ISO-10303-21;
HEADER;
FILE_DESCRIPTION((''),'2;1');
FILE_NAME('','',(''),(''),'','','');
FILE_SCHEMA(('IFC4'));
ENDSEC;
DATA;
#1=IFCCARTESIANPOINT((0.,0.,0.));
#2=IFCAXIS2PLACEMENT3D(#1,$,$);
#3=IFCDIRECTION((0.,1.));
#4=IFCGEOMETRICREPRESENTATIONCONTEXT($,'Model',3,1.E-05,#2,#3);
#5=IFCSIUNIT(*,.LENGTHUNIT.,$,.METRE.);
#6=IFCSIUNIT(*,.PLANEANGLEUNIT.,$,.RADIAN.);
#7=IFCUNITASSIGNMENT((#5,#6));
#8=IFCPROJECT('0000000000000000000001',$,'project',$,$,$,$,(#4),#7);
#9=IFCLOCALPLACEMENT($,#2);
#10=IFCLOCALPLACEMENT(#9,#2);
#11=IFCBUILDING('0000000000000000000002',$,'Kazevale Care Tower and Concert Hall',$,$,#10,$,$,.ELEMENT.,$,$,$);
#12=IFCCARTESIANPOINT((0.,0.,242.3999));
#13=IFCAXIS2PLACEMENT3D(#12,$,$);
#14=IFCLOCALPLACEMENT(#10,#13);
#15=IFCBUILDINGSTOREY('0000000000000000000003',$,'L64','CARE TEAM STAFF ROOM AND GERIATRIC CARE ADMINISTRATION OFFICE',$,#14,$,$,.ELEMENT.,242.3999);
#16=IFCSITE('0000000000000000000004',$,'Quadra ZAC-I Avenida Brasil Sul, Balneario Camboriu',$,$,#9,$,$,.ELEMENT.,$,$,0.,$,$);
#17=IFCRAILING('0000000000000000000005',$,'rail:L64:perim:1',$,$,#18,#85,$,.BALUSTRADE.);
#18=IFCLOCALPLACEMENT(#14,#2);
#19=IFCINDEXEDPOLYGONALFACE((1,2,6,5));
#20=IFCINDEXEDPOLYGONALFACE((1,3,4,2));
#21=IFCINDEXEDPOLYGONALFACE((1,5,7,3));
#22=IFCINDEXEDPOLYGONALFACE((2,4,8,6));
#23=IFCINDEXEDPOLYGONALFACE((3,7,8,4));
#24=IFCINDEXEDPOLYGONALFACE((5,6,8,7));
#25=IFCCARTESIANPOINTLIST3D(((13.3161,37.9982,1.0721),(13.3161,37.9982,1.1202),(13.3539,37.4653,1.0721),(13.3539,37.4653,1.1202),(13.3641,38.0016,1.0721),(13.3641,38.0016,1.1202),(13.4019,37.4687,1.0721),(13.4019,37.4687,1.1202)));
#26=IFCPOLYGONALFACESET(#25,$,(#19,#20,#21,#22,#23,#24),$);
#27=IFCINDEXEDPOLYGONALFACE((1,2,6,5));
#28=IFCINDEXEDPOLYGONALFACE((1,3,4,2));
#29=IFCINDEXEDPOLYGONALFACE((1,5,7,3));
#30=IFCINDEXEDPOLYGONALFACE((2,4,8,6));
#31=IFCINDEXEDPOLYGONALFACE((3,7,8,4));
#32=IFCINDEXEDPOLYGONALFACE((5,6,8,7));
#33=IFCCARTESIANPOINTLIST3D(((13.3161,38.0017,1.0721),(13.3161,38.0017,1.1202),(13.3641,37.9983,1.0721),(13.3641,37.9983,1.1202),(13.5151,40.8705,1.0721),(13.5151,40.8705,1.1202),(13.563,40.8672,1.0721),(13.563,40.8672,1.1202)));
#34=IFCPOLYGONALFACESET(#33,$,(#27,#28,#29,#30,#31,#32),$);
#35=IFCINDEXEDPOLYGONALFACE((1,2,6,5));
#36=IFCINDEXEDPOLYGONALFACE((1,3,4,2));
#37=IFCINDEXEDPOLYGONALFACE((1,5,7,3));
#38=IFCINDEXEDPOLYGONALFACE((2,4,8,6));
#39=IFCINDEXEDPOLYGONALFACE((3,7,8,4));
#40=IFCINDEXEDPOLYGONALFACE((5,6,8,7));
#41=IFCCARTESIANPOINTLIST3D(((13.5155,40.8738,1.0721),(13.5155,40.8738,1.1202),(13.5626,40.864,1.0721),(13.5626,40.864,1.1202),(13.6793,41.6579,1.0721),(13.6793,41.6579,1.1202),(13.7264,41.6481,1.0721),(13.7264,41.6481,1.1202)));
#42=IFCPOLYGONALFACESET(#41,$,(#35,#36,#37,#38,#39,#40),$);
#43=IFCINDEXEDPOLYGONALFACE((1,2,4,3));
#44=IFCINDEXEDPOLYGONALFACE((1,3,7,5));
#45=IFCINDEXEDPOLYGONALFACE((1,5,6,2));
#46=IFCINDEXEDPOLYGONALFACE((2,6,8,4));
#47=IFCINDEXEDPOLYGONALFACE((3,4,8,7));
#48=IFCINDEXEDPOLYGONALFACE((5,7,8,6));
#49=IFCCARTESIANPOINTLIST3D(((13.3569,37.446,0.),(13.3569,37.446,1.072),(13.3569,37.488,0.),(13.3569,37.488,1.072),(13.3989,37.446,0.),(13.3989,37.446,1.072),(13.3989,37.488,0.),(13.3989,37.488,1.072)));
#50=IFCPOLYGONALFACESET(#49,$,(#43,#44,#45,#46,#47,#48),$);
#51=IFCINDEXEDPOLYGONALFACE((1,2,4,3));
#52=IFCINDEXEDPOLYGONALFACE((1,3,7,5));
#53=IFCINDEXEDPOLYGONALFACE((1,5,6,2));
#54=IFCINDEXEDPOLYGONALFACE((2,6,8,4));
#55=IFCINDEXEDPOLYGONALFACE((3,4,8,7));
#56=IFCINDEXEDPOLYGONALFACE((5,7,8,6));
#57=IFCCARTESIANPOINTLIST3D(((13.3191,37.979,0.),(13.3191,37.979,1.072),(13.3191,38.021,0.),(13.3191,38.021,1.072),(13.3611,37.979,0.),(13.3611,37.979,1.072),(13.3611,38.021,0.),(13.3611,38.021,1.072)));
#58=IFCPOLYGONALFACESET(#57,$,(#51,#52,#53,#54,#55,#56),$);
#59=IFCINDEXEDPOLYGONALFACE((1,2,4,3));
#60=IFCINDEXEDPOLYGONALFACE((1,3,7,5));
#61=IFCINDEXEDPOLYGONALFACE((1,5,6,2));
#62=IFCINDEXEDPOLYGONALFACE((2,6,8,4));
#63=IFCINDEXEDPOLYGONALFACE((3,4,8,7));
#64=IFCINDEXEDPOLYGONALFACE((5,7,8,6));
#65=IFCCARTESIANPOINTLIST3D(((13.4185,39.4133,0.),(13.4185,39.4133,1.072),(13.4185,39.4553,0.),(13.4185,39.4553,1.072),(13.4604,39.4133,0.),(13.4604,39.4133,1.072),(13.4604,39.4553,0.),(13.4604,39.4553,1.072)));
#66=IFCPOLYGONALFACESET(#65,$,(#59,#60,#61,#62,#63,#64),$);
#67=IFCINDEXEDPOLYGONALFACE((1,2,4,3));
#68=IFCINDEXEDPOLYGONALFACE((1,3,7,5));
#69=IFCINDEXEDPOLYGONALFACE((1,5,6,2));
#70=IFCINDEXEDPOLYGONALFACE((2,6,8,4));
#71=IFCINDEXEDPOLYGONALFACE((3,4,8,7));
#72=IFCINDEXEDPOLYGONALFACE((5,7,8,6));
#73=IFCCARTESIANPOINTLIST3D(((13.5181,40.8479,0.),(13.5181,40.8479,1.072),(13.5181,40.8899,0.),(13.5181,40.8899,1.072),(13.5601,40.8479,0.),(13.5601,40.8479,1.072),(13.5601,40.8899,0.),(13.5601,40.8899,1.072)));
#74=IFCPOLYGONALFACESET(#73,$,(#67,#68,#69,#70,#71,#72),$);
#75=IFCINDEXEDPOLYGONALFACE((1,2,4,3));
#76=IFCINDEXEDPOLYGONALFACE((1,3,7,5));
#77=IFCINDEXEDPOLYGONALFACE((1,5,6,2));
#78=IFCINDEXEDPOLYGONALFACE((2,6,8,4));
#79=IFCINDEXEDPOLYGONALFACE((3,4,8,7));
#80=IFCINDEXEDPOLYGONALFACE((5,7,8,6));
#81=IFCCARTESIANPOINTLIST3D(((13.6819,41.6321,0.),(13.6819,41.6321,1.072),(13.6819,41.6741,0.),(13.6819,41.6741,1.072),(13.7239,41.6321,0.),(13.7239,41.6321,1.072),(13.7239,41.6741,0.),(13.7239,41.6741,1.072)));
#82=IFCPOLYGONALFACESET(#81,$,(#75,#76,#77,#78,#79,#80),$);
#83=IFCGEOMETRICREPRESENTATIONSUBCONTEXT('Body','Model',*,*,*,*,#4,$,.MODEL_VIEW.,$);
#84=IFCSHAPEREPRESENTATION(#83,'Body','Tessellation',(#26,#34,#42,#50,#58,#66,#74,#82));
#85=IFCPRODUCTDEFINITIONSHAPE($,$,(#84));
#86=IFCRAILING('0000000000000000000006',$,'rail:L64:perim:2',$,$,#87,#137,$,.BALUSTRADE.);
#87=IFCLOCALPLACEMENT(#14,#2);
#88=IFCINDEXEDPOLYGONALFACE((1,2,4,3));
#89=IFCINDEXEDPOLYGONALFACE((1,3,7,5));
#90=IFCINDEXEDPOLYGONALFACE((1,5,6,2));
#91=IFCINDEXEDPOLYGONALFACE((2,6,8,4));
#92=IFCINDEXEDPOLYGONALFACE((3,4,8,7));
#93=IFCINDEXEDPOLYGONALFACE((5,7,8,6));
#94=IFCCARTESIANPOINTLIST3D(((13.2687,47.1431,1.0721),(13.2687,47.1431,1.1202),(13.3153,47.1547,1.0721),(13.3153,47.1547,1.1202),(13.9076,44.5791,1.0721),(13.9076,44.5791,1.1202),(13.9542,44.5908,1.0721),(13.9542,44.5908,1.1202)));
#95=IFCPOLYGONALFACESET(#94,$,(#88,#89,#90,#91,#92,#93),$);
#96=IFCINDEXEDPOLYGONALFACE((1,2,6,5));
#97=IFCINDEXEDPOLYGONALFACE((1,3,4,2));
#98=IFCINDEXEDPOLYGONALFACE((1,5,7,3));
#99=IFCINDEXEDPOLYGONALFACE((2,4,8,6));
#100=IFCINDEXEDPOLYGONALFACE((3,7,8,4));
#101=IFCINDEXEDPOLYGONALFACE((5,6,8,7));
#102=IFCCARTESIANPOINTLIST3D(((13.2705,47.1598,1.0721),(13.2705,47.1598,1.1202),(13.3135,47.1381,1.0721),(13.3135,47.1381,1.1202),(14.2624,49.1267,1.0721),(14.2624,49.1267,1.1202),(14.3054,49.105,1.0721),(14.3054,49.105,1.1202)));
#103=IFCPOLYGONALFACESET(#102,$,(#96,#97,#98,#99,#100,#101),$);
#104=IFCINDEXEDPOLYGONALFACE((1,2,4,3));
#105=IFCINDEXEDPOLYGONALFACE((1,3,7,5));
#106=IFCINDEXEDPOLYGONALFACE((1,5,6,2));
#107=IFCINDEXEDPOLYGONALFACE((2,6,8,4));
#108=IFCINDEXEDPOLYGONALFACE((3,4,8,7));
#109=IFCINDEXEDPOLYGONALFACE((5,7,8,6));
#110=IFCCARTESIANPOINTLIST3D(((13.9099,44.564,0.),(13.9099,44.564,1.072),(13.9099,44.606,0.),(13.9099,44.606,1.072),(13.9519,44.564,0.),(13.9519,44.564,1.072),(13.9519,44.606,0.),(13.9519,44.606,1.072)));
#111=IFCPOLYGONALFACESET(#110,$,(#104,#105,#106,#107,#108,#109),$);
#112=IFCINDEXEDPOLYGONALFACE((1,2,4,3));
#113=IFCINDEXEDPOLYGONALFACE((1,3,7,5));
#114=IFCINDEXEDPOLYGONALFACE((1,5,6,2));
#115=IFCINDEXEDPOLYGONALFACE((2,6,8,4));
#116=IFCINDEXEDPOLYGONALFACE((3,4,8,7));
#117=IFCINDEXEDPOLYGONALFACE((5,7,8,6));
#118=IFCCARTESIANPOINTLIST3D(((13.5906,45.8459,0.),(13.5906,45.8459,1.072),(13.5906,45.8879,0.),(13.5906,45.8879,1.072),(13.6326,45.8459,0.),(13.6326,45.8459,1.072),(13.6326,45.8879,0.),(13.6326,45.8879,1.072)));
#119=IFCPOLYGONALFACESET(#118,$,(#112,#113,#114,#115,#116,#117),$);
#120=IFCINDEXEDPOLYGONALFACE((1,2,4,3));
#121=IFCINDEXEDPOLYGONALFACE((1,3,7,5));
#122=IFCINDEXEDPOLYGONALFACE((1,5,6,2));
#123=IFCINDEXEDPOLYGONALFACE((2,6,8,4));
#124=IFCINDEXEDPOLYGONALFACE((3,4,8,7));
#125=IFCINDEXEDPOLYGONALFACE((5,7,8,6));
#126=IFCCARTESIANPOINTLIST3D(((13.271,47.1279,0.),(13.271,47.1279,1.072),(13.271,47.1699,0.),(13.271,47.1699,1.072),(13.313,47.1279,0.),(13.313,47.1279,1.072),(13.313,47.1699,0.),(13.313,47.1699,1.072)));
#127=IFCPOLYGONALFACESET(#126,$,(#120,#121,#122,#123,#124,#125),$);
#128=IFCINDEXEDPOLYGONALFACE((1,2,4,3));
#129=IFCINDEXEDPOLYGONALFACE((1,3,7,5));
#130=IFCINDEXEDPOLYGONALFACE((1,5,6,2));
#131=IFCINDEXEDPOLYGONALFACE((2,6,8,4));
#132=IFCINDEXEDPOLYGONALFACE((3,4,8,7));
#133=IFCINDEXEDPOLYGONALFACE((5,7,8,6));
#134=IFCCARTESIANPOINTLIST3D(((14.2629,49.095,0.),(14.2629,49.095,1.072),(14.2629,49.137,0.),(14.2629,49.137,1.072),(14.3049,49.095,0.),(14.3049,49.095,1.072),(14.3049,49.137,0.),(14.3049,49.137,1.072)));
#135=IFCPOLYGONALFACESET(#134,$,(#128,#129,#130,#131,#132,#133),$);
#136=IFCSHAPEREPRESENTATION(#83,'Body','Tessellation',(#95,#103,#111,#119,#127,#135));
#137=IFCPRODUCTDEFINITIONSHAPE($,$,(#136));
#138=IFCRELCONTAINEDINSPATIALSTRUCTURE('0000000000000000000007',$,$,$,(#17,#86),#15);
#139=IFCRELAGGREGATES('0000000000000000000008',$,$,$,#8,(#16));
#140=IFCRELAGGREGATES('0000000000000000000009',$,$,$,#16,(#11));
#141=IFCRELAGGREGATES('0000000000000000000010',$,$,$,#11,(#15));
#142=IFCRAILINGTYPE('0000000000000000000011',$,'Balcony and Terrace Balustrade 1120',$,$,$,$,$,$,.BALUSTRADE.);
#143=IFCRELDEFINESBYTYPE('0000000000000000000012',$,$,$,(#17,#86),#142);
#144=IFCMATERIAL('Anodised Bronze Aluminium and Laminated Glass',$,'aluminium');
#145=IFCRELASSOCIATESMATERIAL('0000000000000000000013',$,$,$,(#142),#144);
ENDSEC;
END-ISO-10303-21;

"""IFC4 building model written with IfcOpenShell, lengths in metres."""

from ifc_helpers import new_model, si_unit, direction, frame, origin, origin_2d, place, context, subcontext, project, spatial, rectangle, extrude, material, type_object, element, save


model = new_model("IFC4")

# Units and contexts
model_context = context("Model", 3, precision=1e-05, world=origin(), true_north=direction((0.0, 1.0)))
body_context = subcontext(model_context, "Body", "Model", "MODEL_VIEW")
ifc_project = project(units=[si_unit("LENGTHUNIT", "METRE"), si_unit("PLANEANGLEUNIT", "RADIAN")], contexts=[model_context])

# Site, building, storey
site_placement = place(None, origin())
site = spatial("IfcSite", under=ifc_project, at=site_placement, Name="Quadra ZAC-I Avenida Brasil Sul, Balneario Camboriu", CompositionType="ELEMENT", RefElevation=0.0)
building_placement = place(site_placement, origin())
building = spatial("IfcBuilding", under=site, at=building_placement, Name="Kazevale Care Tower and Concert Hall", CompositionType="ELEMENT")
storey_placement = place(building_placement, frame((0.0, 0.0, 242.3999)))
storey = spatial("IfcBuildingStorey", under=building, at=storey_placement, Name="L64", Description="CARE TEAM STAFF ROOM AND GERIATRIC CARE ADMINISTRATION OFFICE", CompositionType="ELEMENT", Elevation=242.3999)

# Railings
ifc_material_1 = material(Name="Anodised Bronze Aluminium and Laminated Glass", Category="aluminium")
railing_type = type_object("IfcRailingType", Name="Balcony and Terrace Balustrade 1120", PredefinedType="BALUSTRADE", material=ifc_material_1)
railing_1_placement = place(storey_placement, frame((13.3779, 37.467, 0.0)))
element("IfcRailing", 1, at=railing_1_placement, inside=storey, type_object=railing_type, Name="rail:L64:perim:1", PredefinedType="BALUSTRADE", context=body_context, shape_type="SweptSolid", body=[
    extrude(rectangle(XDim=0.0481, YDim=0.0481, at=origin_2d()), frame((0.0, 0.0, 1.0962), z_axis=(-0.070825, 0.997489, 0.0), x_axis=(-0.997489, -0.070825, 0.0)), (0.0, 0.0, 1.0), 0.5342),
    extrude(rectangle(XDim=0.0481, YDim=0.0481, at=origin_2d()), frame((-0.0378, 0.533, 1.0962), z_axis=(0.06919, 0.997604, 0.0), x_axis=(-0.997604, 0.06919, 0.0)), (0.0, 0.0, 1.0), 2.8757),
    extrude(rectangle(XDim=0.0481, YDim=0.0481, at=origin_2d()), frame((0.1611, 3.4019, 1.0962), z_axis=(0.20449, 0.978869, 0.0), x_axis=(-0.978869, 0.20449, 0.0)), (0.0, 0.0, 1.0), 0.801),
    extrude(rectangle(XDim=0.042, YDim=0.042, at=origin_2d()), origin(), (0.0, 0.0, 1.0), 1.072),
    extrude(rectangle(XDim=0.042, YDim=0.042, at=origin_2d()), frame((-0.0378, 0.533, 0.0)), (0.0, 0.0, 1.0), 1.072),
    extrude(rectangle(XDim=0.042, YDim=0.042, at=origin_2d()), frame((0.0615, 1.9673, 0.0)), (0.0, 0.0, 1.0), 1.072),
    extrude(rectangle(XDim=0.042, YDim=0.042, at=origin_2d()), frame((0.1611, 3.4019, 0.0)), (0.0, 0.0, 1.0), 1.072),
    extrude(rectangle(XDim=0.042, YDim=0.042, at=origin_2d()), frame((0.325, 4.186, 0.0)), (0.0, 0.0, 1.0), 1.072),
])
railing_2_placement = place(storey_placement, frame((13.9309, 44.585, 0.0)))
element("IfcRailing", 2, at=railing_2_placement, inside=storey, type_object=railing_type, Name="rail:L64:perim:2", PredefinedType="BALUSTRADE", context=body_context, shape_type="SweptSolid", body=[
    extrude(rectangle(XDim=0.0481, YDim=0.0481, at=origin_2d()), frame((0.0, 0.0, 1.0962), z_axis=(-0.241796, 0.970327, 0.0), x_axis=(-0.970327, -0.241796, 0.0)), (0.0, 0.0, 1.0), 2.6423),
    extrude(rectangle(XDim=0.0481, YDim=0.0481, at=origin_2d()), frame((-0.6389, 2.564, 1.0962), z_axis=(0.45027, 0.892893, 0.0), x_axis=(-0.892893, 0.45027, 0.0)), (0.0, 0.0, 1.0), 2.2029),
    extrude(rectangle(XDim=0.042, YDim=0.042, at=origin_2d()), origin(), (0.0, 0.0, 1.0), 1.072),
    extrude(rectangle(XDim=0.042, YDim=0.042, at=origin_2d()), frame((-0.3193, 1.282, 0.0)), (0.0, 0.0, 1.0), 1.072),
    extrude(rectangle(XDim=0.042, YDim=0.042, at=origin_2d()), frame((-0.6389, 2.564, 0.0)), (0.0, 0.0, 1.0), 1.072),
    extrude(rectangle(XDim=0.042, YDim=0.042, at=origin_2d()), frame((0.353, 4.531, 0.0)), (0.0, 0.0, 1.0), 1.072),
])

save(model, "model.ifc")
